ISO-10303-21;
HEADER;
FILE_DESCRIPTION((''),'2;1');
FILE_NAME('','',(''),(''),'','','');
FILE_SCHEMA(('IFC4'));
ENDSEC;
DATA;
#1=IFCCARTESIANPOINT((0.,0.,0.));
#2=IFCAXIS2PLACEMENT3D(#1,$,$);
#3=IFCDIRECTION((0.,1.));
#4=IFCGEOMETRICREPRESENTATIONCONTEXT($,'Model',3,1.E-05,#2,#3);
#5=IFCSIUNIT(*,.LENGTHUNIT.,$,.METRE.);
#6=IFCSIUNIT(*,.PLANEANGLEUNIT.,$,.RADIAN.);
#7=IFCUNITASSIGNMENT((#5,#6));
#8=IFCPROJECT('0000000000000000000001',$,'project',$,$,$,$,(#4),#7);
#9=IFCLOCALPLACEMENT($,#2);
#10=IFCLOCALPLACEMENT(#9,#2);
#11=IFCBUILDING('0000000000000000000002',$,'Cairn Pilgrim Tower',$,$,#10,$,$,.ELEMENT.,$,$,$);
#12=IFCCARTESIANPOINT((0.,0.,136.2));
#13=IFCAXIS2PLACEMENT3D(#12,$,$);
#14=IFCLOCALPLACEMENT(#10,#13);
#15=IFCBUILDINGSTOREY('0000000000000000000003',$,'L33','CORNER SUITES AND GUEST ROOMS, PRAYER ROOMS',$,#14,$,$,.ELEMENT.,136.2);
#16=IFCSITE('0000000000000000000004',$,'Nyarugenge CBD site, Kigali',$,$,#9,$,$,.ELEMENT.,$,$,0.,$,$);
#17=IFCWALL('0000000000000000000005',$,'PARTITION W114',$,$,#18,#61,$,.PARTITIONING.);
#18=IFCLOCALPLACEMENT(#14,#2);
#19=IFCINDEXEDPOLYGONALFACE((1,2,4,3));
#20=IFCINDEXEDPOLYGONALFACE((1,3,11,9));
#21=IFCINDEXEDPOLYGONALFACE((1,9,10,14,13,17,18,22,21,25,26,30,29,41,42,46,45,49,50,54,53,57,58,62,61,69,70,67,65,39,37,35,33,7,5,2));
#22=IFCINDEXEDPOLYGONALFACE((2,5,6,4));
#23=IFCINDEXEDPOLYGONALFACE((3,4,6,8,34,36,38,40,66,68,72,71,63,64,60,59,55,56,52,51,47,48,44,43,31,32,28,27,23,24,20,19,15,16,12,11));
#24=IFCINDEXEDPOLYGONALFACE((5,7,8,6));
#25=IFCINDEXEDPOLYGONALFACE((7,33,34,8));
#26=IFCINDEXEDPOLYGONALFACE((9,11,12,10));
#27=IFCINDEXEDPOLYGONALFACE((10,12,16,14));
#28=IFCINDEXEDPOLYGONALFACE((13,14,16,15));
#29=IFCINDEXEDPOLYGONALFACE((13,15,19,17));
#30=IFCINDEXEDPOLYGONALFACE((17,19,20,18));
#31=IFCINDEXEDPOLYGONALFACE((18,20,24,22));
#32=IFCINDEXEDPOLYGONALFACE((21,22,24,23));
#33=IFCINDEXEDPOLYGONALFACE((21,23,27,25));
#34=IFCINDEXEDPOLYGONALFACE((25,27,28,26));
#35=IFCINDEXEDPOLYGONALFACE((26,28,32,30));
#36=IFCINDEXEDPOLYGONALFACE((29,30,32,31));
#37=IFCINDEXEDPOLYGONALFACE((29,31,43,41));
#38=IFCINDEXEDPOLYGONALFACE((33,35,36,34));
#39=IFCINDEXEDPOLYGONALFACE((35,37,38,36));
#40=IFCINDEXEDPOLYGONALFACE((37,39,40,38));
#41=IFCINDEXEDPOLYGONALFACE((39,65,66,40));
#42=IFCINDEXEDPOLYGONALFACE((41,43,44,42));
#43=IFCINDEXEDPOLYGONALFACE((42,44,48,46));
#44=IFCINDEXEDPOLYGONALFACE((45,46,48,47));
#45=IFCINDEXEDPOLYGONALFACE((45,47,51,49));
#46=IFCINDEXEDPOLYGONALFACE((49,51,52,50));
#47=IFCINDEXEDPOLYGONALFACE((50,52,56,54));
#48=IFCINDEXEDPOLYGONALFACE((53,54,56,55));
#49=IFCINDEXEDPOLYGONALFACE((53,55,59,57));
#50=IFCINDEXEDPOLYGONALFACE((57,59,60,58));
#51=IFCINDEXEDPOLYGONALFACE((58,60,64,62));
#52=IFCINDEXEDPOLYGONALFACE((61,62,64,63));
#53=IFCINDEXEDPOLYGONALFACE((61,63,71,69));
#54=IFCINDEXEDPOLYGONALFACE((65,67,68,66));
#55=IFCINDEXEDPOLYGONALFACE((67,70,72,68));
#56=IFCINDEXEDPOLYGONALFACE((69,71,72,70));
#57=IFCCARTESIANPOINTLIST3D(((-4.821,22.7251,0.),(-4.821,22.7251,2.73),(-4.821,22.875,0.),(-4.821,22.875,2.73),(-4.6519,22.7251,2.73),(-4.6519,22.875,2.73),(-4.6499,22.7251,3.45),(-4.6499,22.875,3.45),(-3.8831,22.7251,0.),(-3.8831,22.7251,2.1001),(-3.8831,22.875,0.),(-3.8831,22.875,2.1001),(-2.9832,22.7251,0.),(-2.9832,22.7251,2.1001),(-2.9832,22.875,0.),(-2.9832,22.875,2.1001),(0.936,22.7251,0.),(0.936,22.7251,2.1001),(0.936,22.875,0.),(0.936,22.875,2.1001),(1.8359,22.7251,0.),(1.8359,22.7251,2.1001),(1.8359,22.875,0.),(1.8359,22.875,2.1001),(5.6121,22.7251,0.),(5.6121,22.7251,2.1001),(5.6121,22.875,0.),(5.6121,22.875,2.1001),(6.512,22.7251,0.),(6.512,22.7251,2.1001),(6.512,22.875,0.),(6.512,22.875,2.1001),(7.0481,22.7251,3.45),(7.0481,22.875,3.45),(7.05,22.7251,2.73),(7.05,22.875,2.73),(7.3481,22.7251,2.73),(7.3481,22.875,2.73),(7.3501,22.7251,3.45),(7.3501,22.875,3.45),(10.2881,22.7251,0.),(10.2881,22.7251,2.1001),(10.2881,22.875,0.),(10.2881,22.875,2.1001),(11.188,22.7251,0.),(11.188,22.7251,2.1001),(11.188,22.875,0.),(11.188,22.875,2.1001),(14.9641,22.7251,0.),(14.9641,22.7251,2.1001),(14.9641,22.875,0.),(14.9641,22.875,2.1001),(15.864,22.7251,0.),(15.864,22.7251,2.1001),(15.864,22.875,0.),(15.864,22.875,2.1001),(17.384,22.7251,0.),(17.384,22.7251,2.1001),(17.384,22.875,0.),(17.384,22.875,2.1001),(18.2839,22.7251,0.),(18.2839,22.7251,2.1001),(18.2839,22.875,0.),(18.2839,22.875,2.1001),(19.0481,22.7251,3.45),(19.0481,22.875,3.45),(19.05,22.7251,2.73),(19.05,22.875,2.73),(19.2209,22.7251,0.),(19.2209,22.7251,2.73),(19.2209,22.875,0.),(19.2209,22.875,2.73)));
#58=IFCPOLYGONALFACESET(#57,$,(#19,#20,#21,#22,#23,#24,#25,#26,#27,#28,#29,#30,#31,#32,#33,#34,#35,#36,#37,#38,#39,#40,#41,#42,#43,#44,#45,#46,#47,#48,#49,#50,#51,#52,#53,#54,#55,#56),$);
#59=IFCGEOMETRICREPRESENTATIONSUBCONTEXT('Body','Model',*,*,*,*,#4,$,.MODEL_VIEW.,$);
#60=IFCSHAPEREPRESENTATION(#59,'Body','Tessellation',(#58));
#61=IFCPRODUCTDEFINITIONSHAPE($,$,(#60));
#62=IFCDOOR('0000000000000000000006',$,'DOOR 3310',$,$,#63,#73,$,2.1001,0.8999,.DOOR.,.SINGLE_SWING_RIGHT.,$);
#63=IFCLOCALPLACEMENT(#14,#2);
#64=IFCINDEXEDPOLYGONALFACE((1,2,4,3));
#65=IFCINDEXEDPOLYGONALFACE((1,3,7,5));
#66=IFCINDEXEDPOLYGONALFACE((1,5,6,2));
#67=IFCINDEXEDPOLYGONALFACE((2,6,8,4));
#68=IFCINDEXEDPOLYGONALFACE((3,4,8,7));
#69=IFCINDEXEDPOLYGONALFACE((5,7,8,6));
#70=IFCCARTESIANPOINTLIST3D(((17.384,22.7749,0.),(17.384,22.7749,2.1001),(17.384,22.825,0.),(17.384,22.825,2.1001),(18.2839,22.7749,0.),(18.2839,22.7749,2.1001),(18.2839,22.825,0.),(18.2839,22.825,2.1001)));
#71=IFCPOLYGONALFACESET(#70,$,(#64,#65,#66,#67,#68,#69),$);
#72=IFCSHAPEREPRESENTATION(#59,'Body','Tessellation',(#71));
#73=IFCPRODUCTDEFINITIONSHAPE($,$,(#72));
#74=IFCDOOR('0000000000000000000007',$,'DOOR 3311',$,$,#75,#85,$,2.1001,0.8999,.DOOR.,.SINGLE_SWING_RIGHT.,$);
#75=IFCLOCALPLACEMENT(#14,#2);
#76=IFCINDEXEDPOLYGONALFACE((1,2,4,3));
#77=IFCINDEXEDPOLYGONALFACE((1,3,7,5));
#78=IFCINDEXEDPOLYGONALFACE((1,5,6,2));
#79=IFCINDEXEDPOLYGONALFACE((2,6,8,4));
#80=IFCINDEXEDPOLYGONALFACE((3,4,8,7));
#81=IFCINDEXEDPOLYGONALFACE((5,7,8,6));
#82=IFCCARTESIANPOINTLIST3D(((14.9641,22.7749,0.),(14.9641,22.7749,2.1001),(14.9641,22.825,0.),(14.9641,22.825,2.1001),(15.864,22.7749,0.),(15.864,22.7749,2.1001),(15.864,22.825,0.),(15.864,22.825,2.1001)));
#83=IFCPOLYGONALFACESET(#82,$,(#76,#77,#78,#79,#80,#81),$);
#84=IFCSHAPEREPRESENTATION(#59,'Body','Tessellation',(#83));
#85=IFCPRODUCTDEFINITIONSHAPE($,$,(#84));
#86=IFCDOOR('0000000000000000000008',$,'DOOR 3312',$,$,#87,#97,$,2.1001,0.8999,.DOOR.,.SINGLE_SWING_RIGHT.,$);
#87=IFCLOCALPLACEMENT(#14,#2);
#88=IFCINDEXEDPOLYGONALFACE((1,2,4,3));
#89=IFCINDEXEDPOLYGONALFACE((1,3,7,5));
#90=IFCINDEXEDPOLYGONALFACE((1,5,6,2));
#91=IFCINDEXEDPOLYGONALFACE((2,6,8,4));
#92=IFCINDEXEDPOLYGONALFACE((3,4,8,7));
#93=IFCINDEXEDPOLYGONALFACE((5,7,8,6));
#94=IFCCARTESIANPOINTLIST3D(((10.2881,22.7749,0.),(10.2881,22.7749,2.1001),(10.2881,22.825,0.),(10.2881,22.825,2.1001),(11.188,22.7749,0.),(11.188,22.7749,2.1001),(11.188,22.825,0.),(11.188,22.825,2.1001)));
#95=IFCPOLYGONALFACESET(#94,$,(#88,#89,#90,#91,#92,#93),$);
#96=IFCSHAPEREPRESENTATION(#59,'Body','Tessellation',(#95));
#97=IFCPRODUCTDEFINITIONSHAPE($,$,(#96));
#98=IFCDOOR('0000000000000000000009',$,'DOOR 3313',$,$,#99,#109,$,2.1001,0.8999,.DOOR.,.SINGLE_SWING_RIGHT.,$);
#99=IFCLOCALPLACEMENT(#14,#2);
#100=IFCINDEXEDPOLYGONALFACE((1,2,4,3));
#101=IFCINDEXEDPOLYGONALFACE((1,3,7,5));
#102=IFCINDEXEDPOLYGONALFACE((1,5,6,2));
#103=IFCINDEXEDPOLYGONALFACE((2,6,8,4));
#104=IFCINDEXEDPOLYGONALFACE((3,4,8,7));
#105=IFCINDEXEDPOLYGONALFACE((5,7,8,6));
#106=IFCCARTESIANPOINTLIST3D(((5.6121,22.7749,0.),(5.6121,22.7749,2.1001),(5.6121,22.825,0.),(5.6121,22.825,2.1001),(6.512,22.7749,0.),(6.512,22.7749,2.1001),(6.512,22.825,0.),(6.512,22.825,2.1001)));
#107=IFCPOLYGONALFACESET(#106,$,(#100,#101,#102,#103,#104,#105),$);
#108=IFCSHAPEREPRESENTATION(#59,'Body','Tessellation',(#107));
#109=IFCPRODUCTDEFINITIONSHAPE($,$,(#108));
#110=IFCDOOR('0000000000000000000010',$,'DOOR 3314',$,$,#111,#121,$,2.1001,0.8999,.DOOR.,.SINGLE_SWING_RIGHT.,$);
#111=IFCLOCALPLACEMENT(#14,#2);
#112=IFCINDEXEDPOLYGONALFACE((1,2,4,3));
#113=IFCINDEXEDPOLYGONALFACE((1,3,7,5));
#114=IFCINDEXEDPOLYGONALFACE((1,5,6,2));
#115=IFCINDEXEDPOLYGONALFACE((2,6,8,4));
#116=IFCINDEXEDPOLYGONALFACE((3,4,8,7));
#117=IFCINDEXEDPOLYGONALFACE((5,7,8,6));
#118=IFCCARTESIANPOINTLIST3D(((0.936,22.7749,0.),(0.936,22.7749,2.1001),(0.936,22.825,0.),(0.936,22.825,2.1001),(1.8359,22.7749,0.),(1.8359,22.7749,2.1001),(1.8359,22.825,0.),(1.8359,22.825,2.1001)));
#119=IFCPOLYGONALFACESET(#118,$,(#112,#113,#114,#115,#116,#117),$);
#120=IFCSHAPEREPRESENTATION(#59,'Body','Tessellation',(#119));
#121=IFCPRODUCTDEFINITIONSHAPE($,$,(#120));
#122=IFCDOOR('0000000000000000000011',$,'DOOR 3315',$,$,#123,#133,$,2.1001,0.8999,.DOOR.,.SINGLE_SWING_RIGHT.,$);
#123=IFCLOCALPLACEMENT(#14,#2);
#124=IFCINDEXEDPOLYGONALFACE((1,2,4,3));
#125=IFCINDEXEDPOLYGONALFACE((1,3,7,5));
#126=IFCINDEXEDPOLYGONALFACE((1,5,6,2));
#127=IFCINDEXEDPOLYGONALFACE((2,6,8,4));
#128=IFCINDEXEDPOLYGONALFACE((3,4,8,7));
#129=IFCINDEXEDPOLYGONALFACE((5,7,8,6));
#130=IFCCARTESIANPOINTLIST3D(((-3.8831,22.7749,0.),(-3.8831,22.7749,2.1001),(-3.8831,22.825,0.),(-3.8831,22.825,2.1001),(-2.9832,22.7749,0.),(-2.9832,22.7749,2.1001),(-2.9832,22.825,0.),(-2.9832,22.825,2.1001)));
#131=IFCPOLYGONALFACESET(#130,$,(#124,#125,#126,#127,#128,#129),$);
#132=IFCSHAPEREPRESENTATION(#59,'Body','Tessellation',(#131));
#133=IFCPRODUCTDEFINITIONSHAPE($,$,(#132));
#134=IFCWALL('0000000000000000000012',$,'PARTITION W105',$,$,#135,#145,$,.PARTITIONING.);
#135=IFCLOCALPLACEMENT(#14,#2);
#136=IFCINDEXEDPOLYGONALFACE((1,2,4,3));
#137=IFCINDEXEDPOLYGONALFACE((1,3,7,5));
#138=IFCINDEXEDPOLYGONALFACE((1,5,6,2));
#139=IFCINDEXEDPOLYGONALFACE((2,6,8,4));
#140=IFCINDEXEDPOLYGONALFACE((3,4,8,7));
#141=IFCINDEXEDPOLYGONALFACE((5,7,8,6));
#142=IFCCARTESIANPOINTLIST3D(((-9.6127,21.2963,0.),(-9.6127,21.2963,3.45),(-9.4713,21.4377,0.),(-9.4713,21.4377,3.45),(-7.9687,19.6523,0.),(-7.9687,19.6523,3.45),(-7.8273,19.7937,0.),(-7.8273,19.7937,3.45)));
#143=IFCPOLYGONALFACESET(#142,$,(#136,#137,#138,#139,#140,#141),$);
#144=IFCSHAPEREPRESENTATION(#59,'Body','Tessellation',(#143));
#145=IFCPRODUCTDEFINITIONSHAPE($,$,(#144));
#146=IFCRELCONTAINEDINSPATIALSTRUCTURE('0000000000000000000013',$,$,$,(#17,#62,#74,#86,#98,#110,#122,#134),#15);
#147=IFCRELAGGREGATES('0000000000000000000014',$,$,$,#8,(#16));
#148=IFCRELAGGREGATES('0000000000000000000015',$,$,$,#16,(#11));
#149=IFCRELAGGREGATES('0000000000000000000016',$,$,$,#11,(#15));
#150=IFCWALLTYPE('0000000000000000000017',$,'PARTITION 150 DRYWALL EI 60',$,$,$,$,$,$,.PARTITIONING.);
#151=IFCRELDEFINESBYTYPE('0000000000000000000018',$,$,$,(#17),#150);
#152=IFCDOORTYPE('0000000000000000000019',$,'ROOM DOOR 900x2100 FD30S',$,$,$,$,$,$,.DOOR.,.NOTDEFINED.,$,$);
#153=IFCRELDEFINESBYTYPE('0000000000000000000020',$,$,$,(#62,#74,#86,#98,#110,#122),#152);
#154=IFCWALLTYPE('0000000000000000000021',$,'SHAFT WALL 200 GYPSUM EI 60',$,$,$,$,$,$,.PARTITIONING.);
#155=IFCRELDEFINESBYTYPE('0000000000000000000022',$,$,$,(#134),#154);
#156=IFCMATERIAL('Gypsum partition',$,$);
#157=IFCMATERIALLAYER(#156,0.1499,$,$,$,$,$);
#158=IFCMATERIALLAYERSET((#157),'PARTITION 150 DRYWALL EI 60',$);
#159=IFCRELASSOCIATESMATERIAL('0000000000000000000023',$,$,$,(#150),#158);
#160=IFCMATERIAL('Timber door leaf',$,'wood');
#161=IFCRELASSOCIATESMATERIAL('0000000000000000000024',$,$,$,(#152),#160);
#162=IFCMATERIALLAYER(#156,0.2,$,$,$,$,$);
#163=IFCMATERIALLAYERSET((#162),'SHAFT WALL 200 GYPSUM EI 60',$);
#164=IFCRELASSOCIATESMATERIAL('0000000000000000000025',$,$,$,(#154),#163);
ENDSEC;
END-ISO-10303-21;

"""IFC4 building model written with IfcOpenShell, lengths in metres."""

from ifc_helpers import new_model, si_unit, direction, frame, frame_2d, origin, place, context, subcontext, project, spatial, polyline, rectangle, outline, extrude, material, layer, layer_set, type_object, element, fill, save


model = new_model("IFC4")

# Units and contexts
model_context = context("Model", 3, precision=1e-05, world=origin(), true_north=direction((0.0, 1.0)))
body_context = subcontext(model_context, "Body", "Model", "MODEL_VIEW")
ifc_project = project(units=[si_unit("LENGTHUNIT", "METRE"), si_unit("PLANEANGLEUNIT", "RADIAN")], contexts=[model_context])

# Site, building, storey
site_placement = place(None, origin())
site = spatial("IfcSite", under=ifc_project, at=site_placement, Name="Nyarugenge CBD site, Kigali", CompositionType="ELEMENT", RefElevation=0.0)
building_placement = place(site_placement, origin())
building = spatial("IfcBuilding", under=site, at=building_placement, Name="Cairn Pilgrim Tower", CompositionType="ELEMENT")
storey_placement = place(building_placement, frame((0.0, 0.0, 136.2)))
storey = spatial("IfcBuildingStorey", under=building, at=storey_placement, Name="L33", Description="CORNER SUITES AND GUEST ROOMS, PRAYER ROOMS", CompositionType="ELEMENT", Elevation=136.2)

# Shared definitions
ifc_material_1 = material(Name="Gypsum partition")
ifc_material_2 = material(Name="Timber door leaf", Category="wood")

# Shared definitions
ifc_layer_1 = layer(ifc_material_1, 0.1499)
ifc_layer_set_1 = layer_set([ifc_layer_1], Name="PARTITION 150 DRYWALL EI 60")
wall_type_1 = type_object("IfcWallType", Name="PARTITION 150 DRYWALL EI 60", PredefinedType="PARTITIONING", material=ifc_layer_set_1)

# Wall, openings, doors
wall_1_placement = place(storey_placement, frame((-4.821, 22.8, 0.0), z_axis=(0.0, 0.0, 1.0), x_axis=(1.0, 0.0, 0.0)))
wall_1 = element("IfcWall", 1, at=wall_1_placement, inside=storey, type_object=wall_type_1, Name="PARTITION W114", PredefinedType="PARTITIONING", context=body_context, shape_type="SweptSolid", body=[
    extrude(outline(polyline([(0.0, 0.0), (24.042, 0.0), (24.042, 2.73), (23.8711, 2.73), (23.8691, 3.45), (12.1711, 3.45), (12.1692, 2.73), (11.8711, 2.73), (11.8691, 3.45), (0.1711, 3.45), (0.1692, 2.73), (0.0, 2.73), (0.0, 0.0)])), frame((0.0, 0.075, 0.0), z_axis=(0.0, -1.0, 0.0), x_axis=(1.0, 0.0, 0.0)), (0.0, 0.0, 1.0), 0.1499),
])
opening_1_placement = place(wall_1_placement, frame((22.2051, 0.0, 0.0)))
opening_1 = element("IfcOpeningElement", 2, at=opening_1_placement, cuts=wall_1, PredefinedType="OPENING", context=body_context, shape_type="SweptSolid", body=[
    extrude(rectangle(XDim=0.8999, YDim=2.1001, at=frame_2d((0.45, 1.05))), frame((0.0, 0.085, 0.0), z_axis=(0.0, -1.0, 0.0), x_axis=(1.0, 0.0, 0.0)), (0.0, 0.0, 1.0), 0.1699),
])
opening_2_placement = place(wall_1_placement, frame((19.7852, 0.0, 0.0)))
opening_2 = element("IfcOpeningElement", 3, at=opening_2_placement, cuts=wall_1, PredefinedType="OPENING", context=body_context, shape_type="SweptSolid", body=[
    extrude(rectangle(XDim=0.8999, YDim=2.1001, at=frame_2d((0.45, 1.05))), frame((0.0, 0.085, 0.0), z_axis=(0.0, -1.0, 0.0), x_axis=(1.0, 0.0, 0.0)), (0.0, 0.0, 1.0), 0.1699),
])
opening_3_placement = place(wall_1_placement, frame((15.1091, 0.0, 0.0)))
opening_3 = element("IfcOpeningElement", 4, at=opening_3_placement, cuts=wall_1, PredefinedType="OPENING", context=body_context, shape_type="SweptSolid", body=[
    extrude(rectangle(XDim=0.8999, YDim=2.1001, at=frame_2d((0.45, 1.05))), frame((0.0, 0.085, 0.0), z_axis=(0.0, -1.0, 0.0), x_axis=(1.0, 0.0, 0.0)), (0.0, 0.0, 1.0), 0.1699),
])
opening_4_placement = place(wall_1_placement, frame((10.4331, 0.0, 0.0)))
opening_4 = element("IfcOpeningElement", 5, at=opening_4_placement, cuts=wall_1, PredefinedType="OPENING", context=body_context, shape_type="SweptSolid", body=[
    extrude(rectangle(XDim=0.8999, YDim=2.1001, at=frame_2d((0.45, 1.05))), frame((0.0, 0.085, 0.0), z_axis=(0.0, -1.0, 0.0), x_axis=(1.0, 0.0, 0.0)), (0.0, 0.0, 1.0), 0.1699),
])
opening_5_placement = place(wall_1_placement, frame((5.7571, 0.0, 0.0)))
opening_5 = element("IfcOpeningElement", 6, at=opening_5_placement, cuts=wall_1, PredefinedType="OPENING", context=body_context, shape_type="SweptSolid", body=[
    extrude(rectangle(XDim=0.8999, YDim=2.1001, at=frame_2d((0.45, 1.05))), frame((0.0, 0.085, 0.0), z_axis=(0.0, -1.0, 0.0), x_axis=(1.0, 0.0, 0.0)), (0.0, 0.0, 1.0), 0.1699),
])
opening_6_placement = place(wall_1_placement, frame((0.938, 0.0, 0.0)))
opening_6 = element("IfcOpeningElement", 7, at=opening_6_placement, cuts=wall_1, PredefinedType="OPENING", context=body_context, shape_type="SweptSolid", body=[
    extrude(rectangle(XDim=0.8999, YDim=2.1001, at=frame_2d((0.45, 1.05))), frame((0.0, 0.085, 0.0), z_axis=(0.0, -1.0, 0.0), x_axis=(1.0, 0.0, 0.0)), (0.0, 0.0, 1.0), 0.1699),
])
door_type_1 = type_object("IfcDoorType", Name="ROOM DOOR 900x2100 FD30S", OperationType="NOTDEFINED", PredefinedType="DOOR", material=ifc_material_2)
door_1_placement = place(opening_1_placement, origin())
door_1 = element("IfcDoor", 8, at=door_1_placement, inside=storey, type_object=door_type_1, Name="DOOR 3310", OperationType="SINGLE_SWING_RIGHT", OverallHeight=2.1001, OverallWidth=0.8999, PredefinedType="DOOR", context=body_context, shape_type="SweptSolid", body=[
    extrude(rectangle(XDim=0.8999, YDim=2.1001, at=frame_2d((0.45, 1.05))), frame((0.0, 0.0249, 0.0), z_axis=(0.0, -1.0, 0.0), x_axis=(1.0, 0.0, 0.0)), (0.0, 0.0, 1.0), 0.05),
])
fill(opening_1, door_1)
door_2_placement = place(opening_2_placement, origin())
door_2 = element("IfcDoor", 9, at=door_2_placement, inside=storey, type_object=door_type_1, Name="DOOR 3311", OperationType="SINGLE_SWING_RIGHT", OverallHeight=2.1001, OverallWidth=0.8999, PredefinedType="DOOR", context=body_context, shape_type="SweptSolid", body=[
    extrude(rectangle(XDim=0.8999, YDim=2.1001, at=frame_2d((0.45, 1.05))), frame((0.0, 0.0249, 0.0), z_axis=(0.0, -1.0, 0.0), x_axis=(1.0, 0.0, 0.0)), (0.0, 0.0, 1.0), 0.05),
])
fill(opening_2, door_2)
door_3_placement = place(opening_3_placement, origin())
door_3 = element("IfcDoor", 10, at=door_3_placement, inside=storey, type_object=door_type_1, Name="DOOR 3312", OperationType="SINGLE_SWING_RIGHT", OverallHeight=2.1001, OverallWidth=0.8999, PredefinedType="DOOR", context=body_context, shape_type="SweptSolid", body=[
    extrude(rectangle(XDim=0.8999, YDim=2.1001, at=frame_2d((0.45, 1.05))), frame((0.0, 0.0249, 0.0), z_axis=(0.0, -1.0, 0.0), x_axis=(1.0, 0.0, 0.0)), (0.0, 0.0, 1.0), 0.05),
])
fill(opening_3, door_3)
door_4_placement = place(opening_4_placement, origin())
door_4 = element("IfcDoor", 11, at=door_4_placement, inside=storey, type_object=door_type_1, Name="DOOR 3313", OperationType="SINGLE_SWING_RIGHT", OverallHeight=2.1001, OverallWidth=0.8999, PredefinedType="DOOR", context=body_context, shape_type="SweptSolid", body=[
    extrude(rectangle(XDim=0.8999, YDim=2.1001, at=frame_2d((0.45, 1.05))), frame((0.0, 0.0249, 0.0), z_axis=(0.0, -1.0, 0.0), x_axis=(1.0, 0.0, 0.0)), (0.0, 0.0, 1.0), 0.05),
])
fill(opening_4, door_4)
door_5_placement = place(opening_5_placement, origin())
door_5 = element("IfcDoor", 12, at=door_5_placement, inside=storey, type_object=door_type_1, Name="DOOR 3314", OperationType="SINGLE_SWING_RIGHT", OverallHeight=2.1001, OverallWidth=0.8999, PredefinedType="DOOR", context=body_context, shape_type="SweptSolid", body=[
    extrude(rectangle(XDim=0.8999, YDim=2.1001, at=frame_2d((0.45, 1.05))), frame((0.0, 0.0249, 0.0), z_axis=(0.0, -1.0, 0.0), x_axis=(1.0, 0.0, 0.0)), (0.0, 0.0, 1.0), 0.05),
])
fill(opening_5, door_5)
door_6_placement = place(opening_6_placement, origin())
door_6 = element("IfcDoor", 13, at=door_6_placement, inside=storey, type_object=door_type_1, Name="DOOR 3315", OperationType="SINGLE_SWING_RIGHT", OverallHeight=2.1001, OverallWidth=0.8999, PredefinedType="DOOR", context=body_context, shape_type="SweptSolid", body=[
    extrude(rectangle(XDim=0.8999, YDim=2.1001, at=frame_2d((0.45, 1.05))), frame((0.0, 0.0249, 0.0), z_axis=(0.0, -1.0, 0.0), x_axis=(1.0, 0.0, 0.0)), (0.0, 0.0, 1.0), 0.05),
])
fill(opening_6, door_6)

# Wall
ifc_layer_2 = layer(ifc_material_1, 0.2)
ifc_layer_set_2 = layer_set([ifc_layer_2], Name="SHAFT WALL 200 GYPSUM EI 60")
wall_type_2 = type_object("IfcWallType", Name="SHAFT WALL 200 GYPSUM EI 60", PredefinedType="PARTITIONING", material=ifc_layer_set_2)
wall_2_placement = place(storey_placement, frame((-7.8979, 19.7229, 0.0), z_axis=(0.0, 0.0, 1.0), x_axis=(-0.707107, 0.707107, 0.0)))
element("IfcWall", 14, at=wall_2_placement, inside=storey, type_object=wall_type_2, Name="PARTITION W105", PredefinedType="PARTITIONING", context=body_context, shape_type="SweptSolid", body=[
    extrude(rectangle(XDim=2.325, YDim=0.2, at=frame_2d((1.1626, 0.0))), origin(), (0.0, 0.0, 1.0), 3.45),
])

save(model, "model.ifc")
